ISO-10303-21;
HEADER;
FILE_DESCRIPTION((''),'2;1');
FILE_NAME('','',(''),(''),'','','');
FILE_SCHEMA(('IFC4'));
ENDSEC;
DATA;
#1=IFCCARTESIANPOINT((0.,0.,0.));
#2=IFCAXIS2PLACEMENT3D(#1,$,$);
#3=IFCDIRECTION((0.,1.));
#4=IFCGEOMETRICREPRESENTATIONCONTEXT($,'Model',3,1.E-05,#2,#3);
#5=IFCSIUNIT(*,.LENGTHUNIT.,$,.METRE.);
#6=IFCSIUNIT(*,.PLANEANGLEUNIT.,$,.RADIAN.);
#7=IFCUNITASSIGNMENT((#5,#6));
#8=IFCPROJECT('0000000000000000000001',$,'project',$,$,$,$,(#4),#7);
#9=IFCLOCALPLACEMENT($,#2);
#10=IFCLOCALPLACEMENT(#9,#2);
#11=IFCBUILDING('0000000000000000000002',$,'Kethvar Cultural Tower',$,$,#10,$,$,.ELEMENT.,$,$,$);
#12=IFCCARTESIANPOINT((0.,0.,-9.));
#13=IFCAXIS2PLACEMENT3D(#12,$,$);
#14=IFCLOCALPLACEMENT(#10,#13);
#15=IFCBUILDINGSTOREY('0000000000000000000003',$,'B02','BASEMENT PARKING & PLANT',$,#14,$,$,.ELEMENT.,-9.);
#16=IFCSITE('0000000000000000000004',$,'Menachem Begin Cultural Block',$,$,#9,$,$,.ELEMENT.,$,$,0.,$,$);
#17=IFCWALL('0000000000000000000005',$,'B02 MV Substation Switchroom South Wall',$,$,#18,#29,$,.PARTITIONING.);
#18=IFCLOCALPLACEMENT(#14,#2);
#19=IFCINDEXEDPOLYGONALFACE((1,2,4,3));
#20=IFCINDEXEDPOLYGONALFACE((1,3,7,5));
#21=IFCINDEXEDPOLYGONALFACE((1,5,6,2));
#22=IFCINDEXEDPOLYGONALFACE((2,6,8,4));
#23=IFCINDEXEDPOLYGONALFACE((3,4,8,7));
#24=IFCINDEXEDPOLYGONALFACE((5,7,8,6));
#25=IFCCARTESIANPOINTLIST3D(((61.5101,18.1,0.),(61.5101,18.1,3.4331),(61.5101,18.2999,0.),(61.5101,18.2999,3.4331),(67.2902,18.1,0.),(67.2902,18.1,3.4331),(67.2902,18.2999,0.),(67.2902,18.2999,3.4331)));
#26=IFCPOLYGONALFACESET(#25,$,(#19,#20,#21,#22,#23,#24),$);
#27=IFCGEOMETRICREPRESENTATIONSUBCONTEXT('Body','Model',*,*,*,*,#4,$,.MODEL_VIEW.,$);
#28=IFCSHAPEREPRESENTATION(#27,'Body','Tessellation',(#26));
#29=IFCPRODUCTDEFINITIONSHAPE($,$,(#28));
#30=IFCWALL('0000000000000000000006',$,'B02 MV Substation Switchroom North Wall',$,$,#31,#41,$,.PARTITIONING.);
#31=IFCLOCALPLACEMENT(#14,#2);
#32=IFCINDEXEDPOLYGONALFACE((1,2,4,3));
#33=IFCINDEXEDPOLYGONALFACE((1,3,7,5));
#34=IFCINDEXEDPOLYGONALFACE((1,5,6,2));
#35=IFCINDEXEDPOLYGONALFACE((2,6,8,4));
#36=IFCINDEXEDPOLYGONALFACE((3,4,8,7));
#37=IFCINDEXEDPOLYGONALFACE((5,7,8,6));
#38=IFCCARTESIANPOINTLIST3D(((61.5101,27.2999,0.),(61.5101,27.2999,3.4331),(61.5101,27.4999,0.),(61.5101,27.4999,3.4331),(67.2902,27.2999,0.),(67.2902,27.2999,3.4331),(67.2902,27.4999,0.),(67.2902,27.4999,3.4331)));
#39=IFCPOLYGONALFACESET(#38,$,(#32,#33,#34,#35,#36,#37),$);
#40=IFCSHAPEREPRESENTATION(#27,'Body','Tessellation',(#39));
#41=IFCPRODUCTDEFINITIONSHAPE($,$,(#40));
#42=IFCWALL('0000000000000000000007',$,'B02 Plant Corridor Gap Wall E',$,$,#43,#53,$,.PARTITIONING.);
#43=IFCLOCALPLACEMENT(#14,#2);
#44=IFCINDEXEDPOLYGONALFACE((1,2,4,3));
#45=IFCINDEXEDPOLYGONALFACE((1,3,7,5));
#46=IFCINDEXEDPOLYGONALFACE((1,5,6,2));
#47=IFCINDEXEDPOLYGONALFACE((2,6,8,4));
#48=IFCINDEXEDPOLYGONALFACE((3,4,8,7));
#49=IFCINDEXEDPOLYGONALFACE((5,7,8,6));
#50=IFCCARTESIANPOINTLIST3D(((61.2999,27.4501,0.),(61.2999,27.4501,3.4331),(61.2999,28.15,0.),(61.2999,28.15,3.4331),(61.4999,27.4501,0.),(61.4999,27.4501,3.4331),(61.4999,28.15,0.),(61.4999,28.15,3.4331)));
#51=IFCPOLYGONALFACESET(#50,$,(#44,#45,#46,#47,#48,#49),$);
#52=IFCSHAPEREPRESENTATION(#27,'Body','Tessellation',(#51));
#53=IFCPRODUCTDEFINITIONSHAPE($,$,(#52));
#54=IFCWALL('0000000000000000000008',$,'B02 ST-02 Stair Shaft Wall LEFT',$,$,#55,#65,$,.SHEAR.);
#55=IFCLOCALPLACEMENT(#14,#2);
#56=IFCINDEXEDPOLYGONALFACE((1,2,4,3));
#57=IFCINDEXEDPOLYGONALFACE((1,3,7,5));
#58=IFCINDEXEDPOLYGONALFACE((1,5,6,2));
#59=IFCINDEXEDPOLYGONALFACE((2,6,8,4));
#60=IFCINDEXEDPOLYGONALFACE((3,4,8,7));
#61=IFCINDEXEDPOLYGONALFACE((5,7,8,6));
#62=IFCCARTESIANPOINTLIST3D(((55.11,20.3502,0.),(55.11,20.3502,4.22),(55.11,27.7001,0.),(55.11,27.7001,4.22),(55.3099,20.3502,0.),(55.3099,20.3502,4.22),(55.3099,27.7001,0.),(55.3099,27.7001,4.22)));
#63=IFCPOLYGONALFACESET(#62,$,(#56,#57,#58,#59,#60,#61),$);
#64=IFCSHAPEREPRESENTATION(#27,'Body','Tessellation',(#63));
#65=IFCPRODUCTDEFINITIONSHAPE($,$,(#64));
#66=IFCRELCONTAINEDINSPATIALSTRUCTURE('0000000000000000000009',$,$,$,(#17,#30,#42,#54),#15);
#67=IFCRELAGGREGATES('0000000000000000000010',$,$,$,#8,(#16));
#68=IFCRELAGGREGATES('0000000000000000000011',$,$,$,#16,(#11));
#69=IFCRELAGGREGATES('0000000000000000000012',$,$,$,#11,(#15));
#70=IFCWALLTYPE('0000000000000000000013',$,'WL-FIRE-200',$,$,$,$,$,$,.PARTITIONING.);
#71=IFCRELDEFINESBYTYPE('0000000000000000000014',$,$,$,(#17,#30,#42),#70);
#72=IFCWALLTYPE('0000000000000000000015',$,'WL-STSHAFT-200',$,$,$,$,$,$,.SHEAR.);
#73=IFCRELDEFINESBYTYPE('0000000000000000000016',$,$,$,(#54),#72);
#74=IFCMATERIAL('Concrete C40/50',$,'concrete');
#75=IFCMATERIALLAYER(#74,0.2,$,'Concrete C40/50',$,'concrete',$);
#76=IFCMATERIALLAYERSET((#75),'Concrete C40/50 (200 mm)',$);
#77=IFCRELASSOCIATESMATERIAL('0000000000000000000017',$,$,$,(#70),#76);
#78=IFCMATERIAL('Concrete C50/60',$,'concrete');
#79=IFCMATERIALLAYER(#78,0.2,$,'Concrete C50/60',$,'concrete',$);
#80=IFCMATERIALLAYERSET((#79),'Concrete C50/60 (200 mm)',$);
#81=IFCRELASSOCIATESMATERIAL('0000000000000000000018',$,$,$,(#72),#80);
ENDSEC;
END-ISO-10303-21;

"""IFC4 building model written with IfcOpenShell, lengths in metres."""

from ifc_helpers import new_model, si_unit, direction, frame, frame_2d, origin, place, context, subcontext, project, spatial, rectangle, extrude, material, layer, layer_set, type_object, element, save


model = new_model("IFC4")

# Units and contexts
model_context = context("Model", 3, precision=1e-05, world=origin(), true_north=direction((0.0, 1.0)))
body_context = subcontext(model_context, "Body", "Model", "MODEL_VIEW")
ifc_project = project(units=[si_unit("LENGTHUNIT", "METRE"), si_unit("PLANEANGLEUNIT", "RADIAN")], contexts=[model_context])

# Site, building, storey
site_placement = place(None, origin())
site = spatial("IfcSite", under=ifc_project, at=site_placement, Name="Menachem Begin Cultural Block", CompositionType="ELEMENT", RefElevation=0.0)
building_placement = place(site_placement, origin())
building = spatial("IfcBuilding", under=site, at=building_placement, Name="Kethvar Cultural Tower", CompositionType="ELEMENT")
storey_placement = place(building_placement, frame((0.0, 0.0, -9.0)))
storey = spatial("IfcBuildingStorey", under=building, at=storey_placement, Name="B02", Description="BASEMENT PARKING & PLANT", CompositionType="ELEMENT", Elevation=-9.0)

# Shared definitions
ifc_material_1 = material(Name="Concrete C40/50", Category="concrete")
ifc_layer_1 = layer(ifc_material_1, 0.2, Name="Concrete C40/50", Category="concrete")
ifc_layer_set_1 = layer_set([ifc_layer_1], Name="Concrete C40/50 (200 mm)")
wall_type_1 = type_object("IfcWallType", Name="WL-FIRE-200", PredefinedType="PARTITIONING", material=ifc_layer_set_1)

# Walls
for number, where, z_axis, x_axis, name in (
    (1, (61.51, 18.2, 0.0), (0.0, 0.0, 1.0), (1.0, 0.0, 0.0), "B02 MV Substation Switchroom South Wall"),
    (2, (61.51, 27.3999, 0.0), (0.0, 0.0, 1.0), (1.0, 0.0, 0.0), "B02 MV Substation Switchroom North Wall"),
):
    element("IfcWall", number, at=place(storey_placement, frame(where, z_axis=z_axis, x_axis=x_axis)), inside=storey, type_object=wall_type_1, Name=name, PredefinedType="PARTITIONING", context=body_context, shape_type="SweptSolid", body=[
        extrude(rectangle(XDim=5.78, YDim=0.2, at=frame_2d((2.8901, 0.0))), origin(), (0.0, 0.0, 1.0), 3.4331),
    ])
wall_1_placement = place(storey_placement, frame((61.3999, 27.45, 0.0), z_axis=(0.0, 0.0, 1.0), x_axis=(0.0, 1.0, 0.0)))
element("IfcWall", 3, at=wall_1_placement, inside=storey, type_object=wall_type_1, Name="B02 Plant Corridor Gap Wall E", PredefinedType="PARTITIONING", context=body_context, shape_type="SweptSolid", body=[
    extrude(rectangle(XDim=0.7, YDim=0.2, at=frame_2d((0.3501, 0.0))), origin(), (0.0, 0.0, 1.0), 3.4331),
])
ifc_material_2 = material(Name="Concrete C50/60", Category="concrete")
ifc_layer_2 = layer(ifc_material_2, 0.2, Name="Concrete C50/60", Category="concrete")
ifc_layer_set_2 = layer_set([ifc_layer_2], Name="Concrete C50/60 (200 mm)")
wall_type_2 = type_object("IfcWallType", Name="WL-STSHAFT-200", PredefinedType="SHEAR", material=ifc_layer_set_2)
wall_2_placement = place(storey_placement, frame((55.21, 27.7, 0.0), z_axis=(0.0, 0.0, 1.0), x_axis=(0.0, -1.0, 0.0)))
element("IfcWall", 4, at=wall_2_placement, inside=storey, type_object=wall_type_2, Name="B02 ST-02 Stair Shaft Wall LEFT", PredefinedType="SHEAR", context=body_context, shape_type="SweptSolid", body=[
    extrude(rectangle(XDim=7.3499, YDim=0.2, at=frame_2d((3.6748, 0.0))), origin(), (0.0, 0.0, 1.0), 4.22),
])

save(model, "model.ifc")
